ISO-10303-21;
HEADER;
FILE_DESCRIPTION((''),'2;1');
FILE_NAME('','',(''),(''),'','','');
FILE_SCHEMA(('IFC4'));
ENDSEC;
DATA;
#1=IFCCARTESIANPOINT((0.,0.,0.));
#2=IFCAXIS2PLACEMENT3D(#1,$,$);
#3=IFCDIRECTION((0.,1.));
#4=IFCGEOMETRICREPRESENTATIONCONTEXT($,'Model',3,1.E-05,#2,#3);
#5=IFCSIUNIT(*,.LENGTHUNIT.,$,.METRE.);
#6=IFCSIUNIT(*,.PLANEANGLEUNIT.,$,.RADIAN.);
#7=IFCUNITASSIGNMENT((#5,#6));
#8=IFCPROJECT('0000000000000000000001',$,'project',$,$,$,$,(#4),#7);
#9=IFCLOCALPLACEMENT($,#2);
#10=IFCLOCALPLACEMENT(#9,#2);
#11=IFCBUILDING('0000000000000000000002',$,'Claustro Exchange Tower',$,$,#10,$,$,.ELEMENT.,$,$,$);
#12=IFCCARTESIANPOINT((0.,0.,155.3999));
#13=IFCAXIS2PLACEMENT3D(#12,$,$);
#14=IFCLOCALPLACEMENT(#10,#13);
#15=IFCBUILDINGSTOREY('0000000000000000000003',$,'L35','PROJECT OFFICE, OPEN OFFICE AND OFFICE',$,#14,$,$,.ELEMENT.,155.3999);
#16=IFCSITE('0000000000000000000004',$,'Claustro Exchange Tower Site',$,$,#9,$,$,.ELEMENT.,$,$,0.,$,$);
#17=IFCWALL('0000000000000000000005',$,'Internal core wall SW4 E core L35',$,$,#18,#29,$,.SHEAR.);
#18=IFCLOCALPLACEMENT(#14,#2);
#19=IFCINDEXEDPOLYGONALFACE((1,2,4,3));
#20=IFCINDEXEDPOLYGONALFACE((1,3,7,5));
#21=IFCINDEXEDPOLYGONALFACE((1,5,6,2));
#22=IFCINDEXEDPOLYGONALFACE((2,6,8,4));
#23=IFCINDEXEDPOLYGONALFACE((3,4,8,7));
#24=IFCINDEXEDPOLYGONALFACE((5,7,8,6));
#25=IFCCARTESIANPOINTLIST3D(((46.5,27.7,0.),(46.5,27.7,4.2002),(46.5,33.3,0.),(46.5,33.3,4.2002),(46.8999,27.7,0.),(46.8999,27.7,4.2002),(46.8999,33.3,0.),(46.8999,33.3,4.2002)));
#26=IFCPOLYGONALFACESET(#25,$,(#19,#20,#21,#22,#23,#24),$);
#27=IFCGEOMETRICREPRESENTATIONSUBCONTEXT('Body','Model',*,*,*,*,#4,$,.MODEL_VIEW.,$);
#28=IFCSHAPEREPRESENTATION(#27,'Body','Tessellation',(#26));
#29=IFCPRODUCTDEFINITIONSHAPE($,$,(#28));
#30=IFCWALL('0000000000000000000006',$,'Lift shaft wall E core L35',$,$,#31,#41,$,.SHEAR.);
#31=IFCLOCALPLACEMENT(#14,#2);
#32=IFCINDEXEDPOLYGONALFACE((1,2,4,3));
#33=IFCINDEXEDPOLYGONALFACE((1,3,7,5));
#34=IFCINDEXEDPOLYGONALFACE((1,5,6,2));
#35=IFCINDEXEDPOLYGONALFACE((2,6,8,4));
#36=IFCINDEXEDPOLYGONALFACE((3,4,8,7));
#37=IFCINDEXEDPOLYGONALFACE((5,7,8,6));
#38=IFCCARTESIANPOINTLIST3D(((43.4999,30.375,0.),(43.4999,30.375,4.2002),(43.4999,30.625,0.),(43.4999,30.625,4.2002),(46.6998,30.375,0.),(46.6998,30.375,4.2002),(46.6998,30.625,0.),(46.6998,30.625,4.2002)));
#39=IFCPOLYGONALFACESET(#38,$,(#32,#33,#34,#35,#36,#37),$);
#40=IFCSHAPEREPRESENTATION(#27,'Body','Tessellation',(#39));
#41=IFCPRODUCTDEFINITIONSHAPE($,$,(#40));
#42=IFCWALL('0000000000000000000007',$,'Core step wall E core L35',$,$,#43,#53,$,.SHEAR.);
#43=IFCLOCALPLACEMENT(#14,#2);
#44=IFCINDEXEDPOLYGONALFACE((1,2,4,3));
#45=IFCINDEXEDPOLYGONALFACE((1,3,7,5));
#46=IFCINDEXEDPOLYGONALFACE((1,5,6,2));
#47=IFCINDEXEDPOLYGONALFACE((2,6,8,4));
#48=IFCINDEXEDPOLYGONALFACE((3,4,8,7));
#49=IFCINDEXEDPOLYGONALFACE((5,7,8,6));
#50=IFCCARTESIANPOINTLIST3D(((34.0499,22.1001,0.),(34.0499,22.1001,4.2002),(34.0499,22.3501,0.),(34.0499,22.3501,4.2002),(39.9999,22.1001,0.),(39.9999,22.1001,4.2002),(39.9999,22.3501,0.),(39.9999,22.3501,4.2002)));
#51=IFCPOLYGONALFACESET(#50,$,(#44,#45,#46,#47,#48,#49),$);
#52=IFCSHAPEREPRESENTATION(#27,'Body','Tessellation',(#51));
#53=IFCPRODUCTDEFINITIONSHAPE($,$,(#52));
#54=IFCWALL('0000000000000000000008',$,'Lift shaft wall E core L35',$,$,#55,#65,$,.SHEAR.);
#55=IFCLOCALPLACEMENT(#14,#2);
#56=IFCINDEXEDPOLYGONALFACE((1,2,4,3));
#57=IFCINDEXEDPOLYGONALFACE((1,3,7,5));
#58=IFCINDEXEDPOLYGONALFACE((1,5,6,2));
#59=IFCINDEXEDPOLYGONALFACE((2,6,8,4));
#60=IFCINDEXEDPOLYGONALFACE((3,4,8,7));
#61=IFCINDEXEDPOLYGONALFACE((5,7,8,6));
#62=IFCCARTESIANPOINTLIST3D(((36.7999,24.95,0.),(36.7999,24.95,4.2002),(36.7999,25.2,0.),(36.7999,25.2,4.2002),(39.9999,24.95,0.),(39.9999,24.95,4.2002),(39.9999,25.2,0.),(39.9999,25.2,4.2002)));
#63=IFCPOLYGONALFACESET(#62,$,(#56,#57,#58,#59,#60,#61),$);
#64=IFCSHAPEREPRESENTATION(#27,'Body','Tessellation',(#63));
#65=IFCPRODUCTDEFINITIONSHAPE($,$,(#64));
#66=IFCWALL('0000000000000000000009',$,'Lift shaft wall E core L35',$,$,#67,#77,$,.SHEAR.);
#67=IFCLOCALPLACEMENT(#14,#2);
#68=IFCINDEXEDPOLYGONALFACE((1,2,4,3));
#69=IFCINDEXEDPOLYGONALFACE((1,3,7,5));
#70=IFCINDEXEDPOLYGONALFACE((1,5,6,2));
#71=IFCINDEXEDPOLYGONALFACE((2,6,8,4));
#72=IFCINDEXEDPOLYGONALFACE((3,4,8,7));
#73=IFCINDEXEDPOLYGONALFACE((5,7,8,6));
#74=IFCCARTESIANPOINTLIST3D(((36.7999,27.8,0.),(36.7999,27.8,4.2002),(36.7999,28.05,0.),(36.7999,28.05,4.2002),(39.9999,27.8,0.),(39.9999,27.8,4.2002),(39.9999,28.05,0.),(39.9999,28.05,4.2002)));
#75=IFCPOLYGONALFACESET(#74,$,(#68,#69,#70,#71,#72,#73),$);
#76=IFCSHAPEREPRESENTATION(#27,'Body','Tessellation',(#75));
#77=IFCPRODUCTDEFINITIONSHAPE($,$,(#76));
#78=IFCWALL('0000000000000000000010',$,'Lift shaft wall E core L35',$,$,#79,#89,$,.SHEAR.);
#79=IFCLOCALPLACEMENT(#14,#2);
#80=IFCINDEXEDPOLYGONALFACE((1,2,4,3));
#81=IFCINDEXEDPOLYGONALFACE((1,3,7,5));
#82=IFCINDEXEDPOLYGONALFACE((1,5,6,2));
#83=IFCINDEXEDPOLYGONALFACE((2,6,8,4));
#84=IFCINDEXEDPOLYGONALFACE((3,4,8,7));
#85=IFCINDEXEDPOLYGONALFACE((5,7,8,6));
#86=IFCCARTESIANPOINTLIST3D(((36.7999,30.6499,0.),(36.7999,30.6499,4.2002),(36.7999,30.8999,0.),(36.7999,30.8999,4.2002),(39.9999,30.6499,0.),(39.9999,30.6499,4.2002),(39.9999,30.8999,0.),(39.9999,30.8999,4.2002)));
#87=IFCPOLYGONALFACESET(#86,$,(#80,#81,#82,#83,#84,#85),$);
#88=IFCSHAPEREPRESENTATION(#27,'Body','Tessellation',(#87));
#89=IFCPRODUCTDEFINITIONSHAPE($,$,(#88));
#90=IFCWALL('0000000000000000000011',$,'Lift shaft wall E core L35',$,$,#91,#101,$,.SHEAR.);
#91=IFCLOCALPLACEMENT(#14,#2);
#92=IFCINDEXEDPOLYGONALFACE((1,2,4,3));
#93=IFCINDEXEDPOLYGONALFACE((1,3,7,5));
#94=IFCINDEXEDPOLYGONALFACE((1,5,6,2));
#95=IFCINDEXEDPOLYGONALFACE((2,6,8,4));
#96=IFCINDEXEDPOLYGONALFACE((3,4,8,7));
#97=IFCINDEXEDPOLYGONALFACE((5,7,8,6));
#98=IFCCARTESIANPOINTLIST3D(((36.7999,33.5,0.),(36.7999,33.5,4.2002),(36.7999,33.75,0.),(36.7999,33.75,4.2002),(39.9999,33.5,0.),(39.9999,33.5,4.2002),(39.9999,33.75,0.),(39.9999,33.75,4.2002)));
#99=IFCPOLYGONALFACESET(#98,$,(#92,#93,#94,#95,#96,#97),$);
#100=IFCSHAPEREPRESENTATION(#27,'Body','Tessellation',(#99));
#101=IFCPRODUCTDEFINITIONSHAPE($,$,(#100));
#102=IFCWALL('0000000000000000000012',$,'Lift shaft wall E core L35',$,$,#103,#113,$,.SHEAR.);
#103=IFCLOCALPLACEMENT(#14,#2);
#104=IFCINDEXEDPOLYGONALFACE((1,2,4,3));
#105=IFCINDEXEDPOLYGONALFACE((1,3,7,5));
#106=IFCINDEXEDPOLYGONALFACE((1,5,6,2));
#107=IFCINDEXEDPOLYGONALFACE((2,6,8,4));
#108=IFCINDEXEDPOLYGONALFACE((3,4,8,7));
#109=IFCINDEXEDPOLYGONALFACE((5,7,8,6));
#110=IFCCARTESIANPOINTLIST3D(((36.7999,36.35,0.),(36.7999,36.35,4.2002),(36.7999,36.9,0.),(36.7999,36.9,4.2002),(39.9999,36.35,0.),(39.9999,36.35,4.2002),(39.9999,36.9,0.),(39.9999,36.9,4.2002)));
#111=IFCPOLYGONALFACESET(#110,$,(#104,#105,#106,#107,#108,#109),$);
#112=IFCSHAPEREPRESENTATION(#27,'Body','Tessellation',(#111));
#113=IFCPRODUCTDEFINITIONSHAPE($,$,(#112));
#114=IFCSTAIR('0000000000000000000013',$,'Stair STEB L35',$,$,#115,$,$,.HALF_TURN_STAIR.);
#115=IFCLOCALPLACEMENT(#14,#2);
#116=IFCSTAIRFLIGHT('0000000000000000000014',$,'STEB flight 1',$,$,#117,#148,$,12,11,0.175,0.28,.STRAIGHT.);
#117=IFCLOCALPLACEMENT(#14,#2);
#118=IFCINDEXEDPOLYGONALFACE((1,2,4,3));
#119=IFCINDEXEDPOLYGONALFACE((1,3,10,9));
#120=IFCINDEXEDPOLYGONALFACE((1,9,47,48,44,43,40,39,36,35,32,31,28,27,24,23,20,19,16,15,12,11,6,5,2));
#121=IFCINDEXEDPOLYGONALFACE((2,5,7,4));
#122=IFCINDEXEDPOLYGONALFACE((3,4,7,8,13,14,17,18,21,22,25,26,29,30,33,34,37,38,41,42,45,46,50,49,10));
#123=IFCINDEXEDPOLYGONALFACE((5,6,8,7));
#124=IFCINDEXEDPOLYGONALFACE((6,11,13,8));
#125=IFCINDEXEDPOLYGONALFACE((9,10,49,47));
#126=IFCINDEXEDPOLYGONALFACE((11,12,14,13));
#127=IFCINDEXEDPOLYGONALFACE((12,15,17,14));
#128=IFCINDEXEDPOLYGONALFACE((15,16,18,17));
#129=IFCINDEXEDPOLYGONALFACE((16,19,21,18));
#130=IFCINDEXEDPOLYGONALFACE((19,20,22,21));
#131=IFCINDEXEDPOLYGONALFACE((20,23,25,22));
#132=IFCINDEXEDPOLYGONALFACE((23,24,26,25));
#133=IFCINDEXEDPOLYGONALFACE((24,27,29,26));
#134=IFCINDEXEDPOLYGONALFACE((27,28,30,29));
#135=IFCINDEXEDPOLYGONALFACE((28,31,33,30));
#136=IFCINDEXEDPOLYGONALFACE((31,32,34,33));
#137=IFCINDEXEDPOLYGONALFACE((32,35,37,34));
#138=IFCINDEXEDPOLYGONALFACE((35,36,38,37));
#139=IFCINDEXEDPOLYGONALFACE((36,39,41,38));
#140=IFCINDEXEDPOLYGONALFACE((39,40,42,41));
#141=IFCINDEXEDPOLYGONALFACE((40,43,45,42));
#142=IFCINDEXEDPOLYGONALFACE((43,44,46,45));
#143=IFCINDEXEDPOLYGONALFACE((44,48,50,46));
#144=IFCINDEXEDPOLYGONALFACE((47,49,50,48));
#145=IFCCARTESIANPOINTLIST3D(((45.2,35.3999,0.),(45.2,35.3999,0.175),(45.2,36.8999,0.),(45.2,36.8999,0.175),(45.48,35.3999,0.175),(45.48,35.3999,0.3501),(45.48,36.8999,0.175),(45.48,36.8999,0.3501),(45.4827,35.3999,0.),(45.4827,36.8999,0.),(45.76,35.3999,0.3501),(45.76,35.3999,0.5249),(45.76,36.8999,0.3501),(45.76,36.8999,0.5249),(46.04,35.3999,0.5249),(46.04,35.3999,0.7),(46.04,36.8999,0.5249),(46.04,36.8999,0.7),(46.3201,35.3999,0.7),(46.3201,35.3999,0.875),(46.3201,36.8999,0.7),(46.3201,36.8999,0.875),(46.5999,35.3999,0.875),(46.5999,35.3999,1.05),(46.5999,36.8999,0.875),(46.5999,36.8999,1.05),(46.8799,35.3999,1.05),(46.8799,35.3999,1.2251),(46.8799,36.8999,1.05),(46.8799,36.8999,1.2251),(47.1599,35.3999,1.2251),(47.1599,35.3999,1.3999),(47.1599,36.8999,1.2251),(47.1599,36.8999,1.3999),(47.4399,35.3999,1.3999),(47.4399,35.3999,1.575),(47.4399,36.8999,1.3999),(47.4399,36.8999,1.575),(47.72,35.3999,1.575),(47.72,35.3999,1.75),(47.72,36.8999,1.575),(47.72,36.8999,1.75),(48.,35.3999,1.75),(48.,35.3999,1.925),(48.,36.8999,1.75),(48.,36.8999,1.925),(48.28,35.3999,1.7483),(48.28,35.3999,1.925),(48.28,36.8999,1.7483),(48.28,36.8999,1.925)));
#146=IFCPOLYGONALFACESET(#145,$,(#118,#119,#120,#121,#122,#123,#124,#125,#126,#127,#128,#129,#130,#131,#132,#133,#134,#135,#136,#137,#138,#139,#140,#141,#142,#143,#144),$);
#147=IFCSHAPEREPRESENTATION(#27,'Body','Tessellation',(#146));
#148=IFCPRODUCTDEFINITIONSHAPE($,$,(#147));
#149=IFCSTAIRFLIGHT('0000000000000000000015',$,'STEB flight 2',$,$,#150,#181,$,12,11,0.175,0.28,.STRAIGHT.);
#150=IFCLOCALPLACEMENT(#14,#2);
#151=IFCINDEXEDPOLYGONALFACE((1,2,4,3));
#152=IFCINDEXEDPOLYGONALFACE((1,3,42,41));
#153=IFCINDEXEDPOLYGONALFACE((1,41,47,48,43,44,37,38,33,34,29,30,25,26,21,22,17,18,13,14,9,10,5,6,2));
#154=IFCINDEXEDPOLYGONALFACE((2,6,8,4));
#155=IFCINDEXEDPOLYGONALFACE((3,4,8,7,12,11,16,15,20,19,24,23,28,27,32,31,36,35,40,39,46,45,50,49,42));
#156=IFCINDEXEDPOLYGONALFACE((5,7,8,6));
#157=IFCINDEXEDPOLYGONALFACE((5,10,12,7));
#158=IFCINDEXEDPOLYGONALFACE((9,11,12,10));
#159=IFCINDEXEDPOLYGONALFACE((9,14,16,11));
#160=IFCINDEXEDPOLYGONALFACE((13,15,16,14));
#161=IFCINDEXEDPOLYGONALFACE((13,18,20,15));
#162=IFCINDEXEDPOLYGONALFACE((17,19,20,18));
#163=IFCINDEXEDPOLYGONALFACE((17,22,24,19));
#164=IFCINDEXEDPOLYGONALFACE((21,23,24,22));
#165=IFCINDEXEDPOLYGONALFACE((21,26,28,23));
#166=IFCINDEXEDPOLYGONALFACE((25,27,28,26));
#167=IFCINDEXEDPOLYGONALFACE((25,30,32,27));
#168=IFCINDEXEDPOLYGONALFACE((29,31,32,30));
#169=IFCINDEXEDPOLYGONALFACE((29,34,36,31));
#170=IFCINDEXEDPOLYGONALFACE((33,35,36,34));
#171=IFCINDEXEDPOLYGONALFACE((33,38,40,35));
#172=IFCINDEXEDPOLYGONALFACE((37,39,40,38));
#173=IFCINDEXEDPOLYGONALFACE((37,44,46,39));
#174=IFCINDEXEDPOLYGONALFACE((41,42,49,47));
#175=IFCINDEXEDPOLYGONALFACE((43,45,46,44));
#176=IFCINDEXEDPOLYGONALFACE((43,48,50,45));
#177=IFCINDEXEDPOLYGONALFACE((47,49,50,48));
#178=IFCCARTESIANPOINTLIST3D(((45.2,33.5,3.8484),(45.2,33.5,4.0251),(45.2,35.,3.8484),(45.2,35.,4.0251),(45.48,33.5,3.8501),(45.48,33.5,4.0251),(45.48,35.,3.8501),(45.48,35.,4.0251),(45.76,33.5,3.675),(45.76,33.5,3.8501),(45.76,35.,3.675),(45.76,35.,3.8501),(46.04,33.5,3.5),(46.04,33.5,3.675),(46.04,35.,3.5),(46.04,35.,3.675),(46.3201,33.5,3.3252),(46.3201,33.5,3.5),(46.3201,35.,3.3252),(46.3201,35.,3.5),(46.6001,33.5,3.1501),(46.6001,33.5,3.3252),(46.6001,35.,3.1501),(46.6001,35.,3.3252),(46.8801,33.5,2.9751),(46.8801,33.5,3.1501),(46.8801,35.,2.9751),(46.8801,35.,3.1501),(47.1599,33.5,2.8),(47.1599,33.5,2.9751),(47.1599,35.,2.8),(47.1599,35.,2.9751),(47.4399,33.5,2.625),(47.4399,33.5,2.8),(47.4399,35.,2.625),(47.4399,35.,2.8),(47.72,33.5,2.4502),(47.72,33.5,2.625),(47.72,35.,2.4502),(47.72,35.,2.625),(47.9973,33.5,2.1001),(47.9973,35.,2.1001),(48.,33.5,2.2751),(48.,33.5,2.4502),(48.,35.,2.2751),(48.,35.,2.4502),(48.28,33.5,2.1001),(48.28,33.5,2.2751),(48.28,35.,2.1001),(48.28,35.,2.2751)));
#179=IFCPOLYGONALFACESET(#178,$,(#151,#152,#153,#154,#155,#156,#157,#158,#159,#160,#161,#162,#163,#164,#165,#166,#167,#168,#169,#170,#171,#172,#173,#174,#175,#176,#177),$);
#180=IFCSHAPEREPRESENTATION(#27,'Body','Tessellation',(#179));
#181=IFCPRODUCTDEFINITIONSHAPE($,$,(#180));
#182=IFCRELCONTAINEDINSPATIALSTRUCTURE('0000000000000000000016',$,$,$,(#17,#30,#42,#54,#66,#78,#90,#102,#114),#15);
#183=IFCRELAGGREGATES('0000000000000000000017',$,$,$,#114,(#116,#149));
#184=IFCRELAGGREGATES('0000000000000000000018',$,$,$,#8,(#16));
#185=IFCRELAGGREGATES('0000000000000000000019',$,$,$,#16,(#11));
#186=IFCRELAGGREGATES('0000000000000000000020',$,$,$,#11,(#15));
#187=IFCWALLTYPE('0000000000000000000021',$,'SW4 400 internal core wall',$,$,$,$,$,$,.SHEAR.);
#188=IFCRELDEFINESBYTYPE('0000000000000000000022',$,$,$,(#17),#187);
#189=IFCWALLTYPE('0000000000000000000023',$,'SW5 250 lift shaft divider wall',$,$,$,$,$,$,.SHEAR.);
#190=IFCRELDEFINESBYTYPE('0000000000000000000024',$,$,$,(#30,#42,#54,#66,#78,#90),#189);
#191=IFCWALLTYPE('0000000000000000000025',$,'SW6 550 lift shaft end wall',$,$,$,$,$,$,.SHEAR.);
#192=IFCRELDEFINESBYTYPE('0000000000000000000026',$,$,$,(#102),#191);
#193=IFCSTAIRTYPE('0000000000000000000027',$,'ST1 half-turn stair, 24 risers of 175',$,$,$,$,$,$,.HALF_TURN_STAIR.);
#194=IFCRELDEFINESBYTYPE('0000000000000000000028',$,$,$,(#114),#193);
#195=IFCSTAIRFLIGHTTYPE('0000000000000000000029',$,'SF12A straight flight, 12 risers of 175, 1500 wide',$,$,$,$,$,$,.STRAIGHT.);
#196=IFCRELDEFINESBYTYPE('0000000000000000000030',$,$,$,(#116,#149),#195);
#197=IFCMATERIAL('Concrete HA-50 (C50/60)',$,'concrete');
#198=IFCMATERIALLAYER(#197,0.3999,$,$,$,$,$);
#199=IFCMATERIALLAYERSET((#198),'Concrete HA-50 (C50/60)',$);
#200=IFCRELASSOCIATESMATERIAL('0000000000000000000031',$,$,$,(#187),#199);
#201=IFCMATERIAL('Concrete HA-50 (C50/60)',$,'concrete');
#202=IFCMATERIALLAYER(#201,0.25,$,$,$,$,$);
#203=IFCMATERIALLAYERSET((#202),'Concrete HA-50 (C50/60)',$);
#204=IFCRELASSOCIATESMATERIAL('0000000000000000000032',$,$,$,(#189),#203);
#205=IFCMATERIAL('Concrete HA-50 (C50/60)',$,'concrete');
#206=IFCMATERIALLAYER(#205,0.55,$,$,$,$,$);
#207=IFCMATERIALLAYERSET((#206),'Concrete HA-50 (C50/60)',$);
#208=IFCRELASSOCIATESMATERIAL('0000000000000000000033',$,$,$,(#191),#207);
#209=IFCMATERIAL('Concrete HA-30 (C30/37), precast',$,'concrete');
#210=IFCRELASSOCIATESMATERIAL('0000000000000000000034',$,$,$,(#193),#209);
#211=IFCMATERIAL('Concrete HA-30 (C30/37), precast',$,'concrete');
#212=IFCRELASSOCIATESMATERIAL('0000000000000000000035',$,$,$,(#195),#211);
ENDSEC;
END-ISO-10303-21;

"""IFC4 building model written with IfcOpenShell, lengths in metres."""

from ifc_helpers import new_model, si_unit, direction, frame, frame_2d, origin, place, context, subcontext, project, spatial, polyline, rectangle, outline, extrude, material, layer, layer_set, type_object, element, aggregate, save


model = new_model("IFC4")

# Units and contexts
model_context = context("Model", 3, precision=1e-05, world=origin(), true_north=direction((0.0, 1.0)))
body_context = subcontext(model_context, "Body", "Model", "MODEL_VIEW")
ifc_project = project(units=[si_unit("LENGTHUNIT", "METRE"), si_unit("PLANEANGLEUNIT", "RADIAN")], contexts=[model_context])

# Site, building, storey
site_placement = place(None, origin())
site = spatial("IfcSite", under=ifc_project, at=site_placement, Name="Claustro Exchange Tower Site", CompositionType="ELEMENT", RefElevation=0.0)
building_placement = place(site_placement, origin())
building = spatial("IfcBuilding", under=site, at=building_placement, Name="Claustro Exchange Tower", CompositionType="ELEMENT")
storey_placement = place(building_placement, frame((0.0, 0.0, 155.3999)))
storey = spatial("IfcBuildingStorey", under=building, at=storey_placement, Name="L35", Description="PROJECT OFFICE, OPEN OFFICE AND OFFICE", CompositionType="ELEMENT", Elevation=155.3999)

# Walls
ifc_material_1 = material(Name="Concrete HA-50 (C50/60)", Category="concrete")
ifc_layer_1 = layer(ifc_material_1, 0.3999)
ifc_layer_set_1 = layer_set([ifc_layer_1], Name="Concrete HA-50 (C50/60)")
wall_type_1 = type_object("IfcWallType", Name="SW4 400 internal core wall", PredefinedType="SHEAR", material=ifc_layer_set_1)
wall_1_placement = place(storey_placement, frame((46.7, 27.7, 0.0), z_axis=(0.0, 0.0, 1.0), x_axis=(0.0, 1.0, 0.0)))
element("IfcWall", 1, at=wall_1_placement, inside=storey, type_object=wall_type_1, Name="Internal core wall SW4 E core L35", PredefinedType="SHEAR", context=body_context, shape_type="SweptSolid", body=[
    extrude(rectangle(XDim=5.6001, YDim=0.3999, at=frame_2d((2.8, 0.0))), origin(), (0.0, 0.0, 1.0), 4.2002),
])
ifc_material_2 = material(Name="Concrete HA-50 (C50/60)", Category="concrete")
ifc_layer_2 = layer(ifc_material_2, 0.25)
ifc_layer_set_2 = layer_set([ifc_layer_2], Name="Concrete HA-50 (C50/60)")
wall_type_2 = type_object("IfcWallType", Name="SW5 250 lift shaft divider wall", PredefinedType="SHEAR", material=ifc_layer_set_2)
wall_2_placement = place(storey_placement, frame((46.7, 30.5, 0.0), z_axis=(0.0, 0.0, 1.0), x_axis=(-1.0, 0.0, 0.0)))
element("IfcWall", 2, at=wall_2_placement, inside=storey, type_object=wall_type_2, Name="Lift shaft wall E core L35", PredefinedType="SHEAR", context=body_context, shape_type="SweptSolid", body=[
    extrude(rectangle(XDim=3.2, YDim=0.25, at=frame_2d((1.6001, 0.0))), origin(), (0.0, 0.0, 1.0), 4.2002),
])
wall_3_placement = place(storey_placement, frame((40.0, 22.2251, 0.0), z_axis=(0.0, 0.0, 1.0), x_axis=(-1.0, 0.0, 0.0)))
element("IfcWall", 3, at=wall_3_placement, inside=storey, type_object=wall_type_2, Name="Core step wall E core L35", PredefinedType="SHEAR", context=body_context, shape_type="SweptSolid", body=[
    extrude(rectangle(XDim=5.95, YDim=0.25, at=frame_2d((2.9751, 0.0))), origin(), (0.0, 0.0, 1.0), 4.2002),
])
for number, where, z_axis, x_axis, name in (
    (4, (40.0, 25.075, 0.0), (0.0, 0.0, 1.0), (-1.0, 0.0, 0.0), "Lift shaft wall E core L35"),
    (5, (40.0, 27.925, 0.0), (0.0, 0.0, 1.0), (-1.0, 0.0, 0.0), "Lift shaft wall E core L35"),
    (6, (40.0, 30.7749, 0.0), (0.0, 0.0, 1.0), (-1.0, 0.0, 0.0), "Lift shaft wall E core L35"),
    (7, (40.0, 33.625, 0.0), (0.0, 0.0, 1.0), (-1.0, 0.0, 0.0), "Lift shaft wall E core L35"),
):
    element("IfcWall", number, at=place(storey_placement, frame(where, z_axis=z_axis, x_axis=x_axis)), inside=storey, type_object=wall_type_2, Name=name, PredefinedType="SHEAR", context=body_context, shape_type="SweptSolid", body=[
        extrude(rectangle(XDim=3.2, YDim=0.25, at=frame_2d((1.6001, 0.0))), origin(), (0.0, 0.0, 1.0), 4.2002),
    ])
ifc_material_3 = material(Name="Concrete HA-50 (C50/60)", Category="concrete")
ifc_layer_3 = layer(ifc_material_3, 0.55)
ifc_layer_set_3 = layer_set([ifc_layer_3], Name="Concrete HA-50 (C50/60)")
wall_type_3 = type_object("IfcWallType", Name="SW6 550 lift shaft end wall", PredefinedType="SHEAR", material=ifc_layer_set_3)
wall_4_placement = place(storey_placement, frame((40.0, 36.625, 0.0), z_axis=(0.0, 0.0, 1.0), x_axis=(-1.0, 0.0, 0.0)))
element("IfcWall", 8, at=wall_4_placement, inside=storey, type_object=wall_type_3, Name="Lift shaft wall E core L35", PredefinedType="SHEAR", context=body_context, shape_type="SweptSolid", body=[
    extrude(rectangle(XDim=3.2, YDim=0.55, at=frame_2d((1.6001, 0.0))), origin(), (0.0, 0.0, 1.0), 4.2002),
])

# Stair, stair flights
ifc_material_4 = material(Name="Concrete HA-30 (C30/37), precast", Category="concrete")
stair_type = type_object("IfcStairType", Name="ST1 half-turn stair, 24 risers of 175", PredefinedType="HALF_TURN_STAIR", material=ifc_material_4)
stair_placement = place(storey_placement, origin())
stair = element("IfcStair", 9, at=stair_placement, inside=storey, type_object=stair_type, Name="Stair STEB L35", PredefinedType="HALF_TURN_STAIR")
ifc_material_5 = material(Name="Concrete HA-30 (C30/37), precast", Category="concrete")
stair_flight_type = type_object("IfcStairFlightType", Name="SF12A straight flight, 12 risers of 175, 1500 wide", PredefinedType="STRAIGHT", material=ifc_material_5)
stair_flight_1_placement = place(storey_placement, frame((45.2, 36.1499, 0.0), z_axis=(0.0, 0.0, 1.0), x_axis=(1.0, 0.0, 0.0)))
stair_flight_1 = element("IfcStairFlight", 10, at=stair_flight_1_placement, type_object=stair_flight_type, Name="STEB flight 1", NumberOfRisers=12, NumberOfTreads=11, PredefinedType="STRAIGHT", RiserHeight=0.175, TreadLength=0.28, context=body_context, shape_type="SweptSolid", body=[
    extrude(outline(polyline([(0.0, 0.0), (0.0, 0.175), (0.28, 0.175), (0.28, 0.3501), (0.5601, 0.3501), (0.5601, 0.5249), (0.8401, 0.5249), (0.8401, 0.7), (1.1201, 0.7), (1.1201, 0.875), (1.3999, 0.875), (1.3999, 1.05), (1.6799, 1.05), (1.6799, 1.2251), (1.96, 1.2251), (1.96, 1.3999), (2.24, 1.3999), (2.24, 1.575), (2.52, 1.575), (2.52, 1.75), (2.8, 1.75), (2.8, 1.925), (3.0801, 1.925), (3.0801, 2.1001), (3.0801, 1.7483), (0.2827, 0.0), (0.0, 0.0)])), frame((0.0, 0.75, 0.0), z_axis=(0.0, -1.0, 0.0), x_axis=(1.0, 0.0, 0.0)), (0.0, 0.0, 1.0), 1.5),
])
stair_flight_2_placement = place(storey_placement, frame((48.28, 34.25, 2.1001), z_axis=(0.0, 0.0, 1.0), x_axis=(-1.0, 0.0, 0.0)))
stair_flight_2 = element("IfcStairFlight", 11, at=stair_flight_2_placement, type_object=stair_flight_type, Name="STEB flight 2", NumberOfRisers=12, NumberOfTreads=11, PredefinedType="STRAIGHT", RiserHeight=0.175, TreadLength=0.28, context=body_context, shape_type="SweptSolid", body=[
    extrude(outline(polyline([(0.0, 0.0), (0.0, 0.175), (0.28, 0.175), (0.28, 0.3501), (0.5601, 0.3501), (0.5601, 0.5249), (0.8401, 0.5249), (0.8401, 0.7), (1.1201, 0.7), (1.1201, 0.875), (1.3999, 0.875), (1.3999, 1.05), (1.6799, 1.05), (1.6799, 1.2251), (1.96, 1.2251), (1.96, 1.3999), (2.24, 1.3999), (2.24, 1.575), (2.52, 1.575), (2.52, 1.75), (2.8, 1.75), (2.8, 1.925), (3.0801, 1.925), (3.0801, 2.1001), (3.0801, 1.7483), (0.2827, 0.0), (0.0, 0.0)])), frame((0.0, 0.75, 0.0), z_axis=(0.0, -1.0, 0.0), x_axis=(1.0, 0.0, 0.0)), (0.0, 0.0, 1.0), 1.5),
])
aggregate(stair, [stair_flight_1, stair_flight_2])

save(model, "model.ifc")
